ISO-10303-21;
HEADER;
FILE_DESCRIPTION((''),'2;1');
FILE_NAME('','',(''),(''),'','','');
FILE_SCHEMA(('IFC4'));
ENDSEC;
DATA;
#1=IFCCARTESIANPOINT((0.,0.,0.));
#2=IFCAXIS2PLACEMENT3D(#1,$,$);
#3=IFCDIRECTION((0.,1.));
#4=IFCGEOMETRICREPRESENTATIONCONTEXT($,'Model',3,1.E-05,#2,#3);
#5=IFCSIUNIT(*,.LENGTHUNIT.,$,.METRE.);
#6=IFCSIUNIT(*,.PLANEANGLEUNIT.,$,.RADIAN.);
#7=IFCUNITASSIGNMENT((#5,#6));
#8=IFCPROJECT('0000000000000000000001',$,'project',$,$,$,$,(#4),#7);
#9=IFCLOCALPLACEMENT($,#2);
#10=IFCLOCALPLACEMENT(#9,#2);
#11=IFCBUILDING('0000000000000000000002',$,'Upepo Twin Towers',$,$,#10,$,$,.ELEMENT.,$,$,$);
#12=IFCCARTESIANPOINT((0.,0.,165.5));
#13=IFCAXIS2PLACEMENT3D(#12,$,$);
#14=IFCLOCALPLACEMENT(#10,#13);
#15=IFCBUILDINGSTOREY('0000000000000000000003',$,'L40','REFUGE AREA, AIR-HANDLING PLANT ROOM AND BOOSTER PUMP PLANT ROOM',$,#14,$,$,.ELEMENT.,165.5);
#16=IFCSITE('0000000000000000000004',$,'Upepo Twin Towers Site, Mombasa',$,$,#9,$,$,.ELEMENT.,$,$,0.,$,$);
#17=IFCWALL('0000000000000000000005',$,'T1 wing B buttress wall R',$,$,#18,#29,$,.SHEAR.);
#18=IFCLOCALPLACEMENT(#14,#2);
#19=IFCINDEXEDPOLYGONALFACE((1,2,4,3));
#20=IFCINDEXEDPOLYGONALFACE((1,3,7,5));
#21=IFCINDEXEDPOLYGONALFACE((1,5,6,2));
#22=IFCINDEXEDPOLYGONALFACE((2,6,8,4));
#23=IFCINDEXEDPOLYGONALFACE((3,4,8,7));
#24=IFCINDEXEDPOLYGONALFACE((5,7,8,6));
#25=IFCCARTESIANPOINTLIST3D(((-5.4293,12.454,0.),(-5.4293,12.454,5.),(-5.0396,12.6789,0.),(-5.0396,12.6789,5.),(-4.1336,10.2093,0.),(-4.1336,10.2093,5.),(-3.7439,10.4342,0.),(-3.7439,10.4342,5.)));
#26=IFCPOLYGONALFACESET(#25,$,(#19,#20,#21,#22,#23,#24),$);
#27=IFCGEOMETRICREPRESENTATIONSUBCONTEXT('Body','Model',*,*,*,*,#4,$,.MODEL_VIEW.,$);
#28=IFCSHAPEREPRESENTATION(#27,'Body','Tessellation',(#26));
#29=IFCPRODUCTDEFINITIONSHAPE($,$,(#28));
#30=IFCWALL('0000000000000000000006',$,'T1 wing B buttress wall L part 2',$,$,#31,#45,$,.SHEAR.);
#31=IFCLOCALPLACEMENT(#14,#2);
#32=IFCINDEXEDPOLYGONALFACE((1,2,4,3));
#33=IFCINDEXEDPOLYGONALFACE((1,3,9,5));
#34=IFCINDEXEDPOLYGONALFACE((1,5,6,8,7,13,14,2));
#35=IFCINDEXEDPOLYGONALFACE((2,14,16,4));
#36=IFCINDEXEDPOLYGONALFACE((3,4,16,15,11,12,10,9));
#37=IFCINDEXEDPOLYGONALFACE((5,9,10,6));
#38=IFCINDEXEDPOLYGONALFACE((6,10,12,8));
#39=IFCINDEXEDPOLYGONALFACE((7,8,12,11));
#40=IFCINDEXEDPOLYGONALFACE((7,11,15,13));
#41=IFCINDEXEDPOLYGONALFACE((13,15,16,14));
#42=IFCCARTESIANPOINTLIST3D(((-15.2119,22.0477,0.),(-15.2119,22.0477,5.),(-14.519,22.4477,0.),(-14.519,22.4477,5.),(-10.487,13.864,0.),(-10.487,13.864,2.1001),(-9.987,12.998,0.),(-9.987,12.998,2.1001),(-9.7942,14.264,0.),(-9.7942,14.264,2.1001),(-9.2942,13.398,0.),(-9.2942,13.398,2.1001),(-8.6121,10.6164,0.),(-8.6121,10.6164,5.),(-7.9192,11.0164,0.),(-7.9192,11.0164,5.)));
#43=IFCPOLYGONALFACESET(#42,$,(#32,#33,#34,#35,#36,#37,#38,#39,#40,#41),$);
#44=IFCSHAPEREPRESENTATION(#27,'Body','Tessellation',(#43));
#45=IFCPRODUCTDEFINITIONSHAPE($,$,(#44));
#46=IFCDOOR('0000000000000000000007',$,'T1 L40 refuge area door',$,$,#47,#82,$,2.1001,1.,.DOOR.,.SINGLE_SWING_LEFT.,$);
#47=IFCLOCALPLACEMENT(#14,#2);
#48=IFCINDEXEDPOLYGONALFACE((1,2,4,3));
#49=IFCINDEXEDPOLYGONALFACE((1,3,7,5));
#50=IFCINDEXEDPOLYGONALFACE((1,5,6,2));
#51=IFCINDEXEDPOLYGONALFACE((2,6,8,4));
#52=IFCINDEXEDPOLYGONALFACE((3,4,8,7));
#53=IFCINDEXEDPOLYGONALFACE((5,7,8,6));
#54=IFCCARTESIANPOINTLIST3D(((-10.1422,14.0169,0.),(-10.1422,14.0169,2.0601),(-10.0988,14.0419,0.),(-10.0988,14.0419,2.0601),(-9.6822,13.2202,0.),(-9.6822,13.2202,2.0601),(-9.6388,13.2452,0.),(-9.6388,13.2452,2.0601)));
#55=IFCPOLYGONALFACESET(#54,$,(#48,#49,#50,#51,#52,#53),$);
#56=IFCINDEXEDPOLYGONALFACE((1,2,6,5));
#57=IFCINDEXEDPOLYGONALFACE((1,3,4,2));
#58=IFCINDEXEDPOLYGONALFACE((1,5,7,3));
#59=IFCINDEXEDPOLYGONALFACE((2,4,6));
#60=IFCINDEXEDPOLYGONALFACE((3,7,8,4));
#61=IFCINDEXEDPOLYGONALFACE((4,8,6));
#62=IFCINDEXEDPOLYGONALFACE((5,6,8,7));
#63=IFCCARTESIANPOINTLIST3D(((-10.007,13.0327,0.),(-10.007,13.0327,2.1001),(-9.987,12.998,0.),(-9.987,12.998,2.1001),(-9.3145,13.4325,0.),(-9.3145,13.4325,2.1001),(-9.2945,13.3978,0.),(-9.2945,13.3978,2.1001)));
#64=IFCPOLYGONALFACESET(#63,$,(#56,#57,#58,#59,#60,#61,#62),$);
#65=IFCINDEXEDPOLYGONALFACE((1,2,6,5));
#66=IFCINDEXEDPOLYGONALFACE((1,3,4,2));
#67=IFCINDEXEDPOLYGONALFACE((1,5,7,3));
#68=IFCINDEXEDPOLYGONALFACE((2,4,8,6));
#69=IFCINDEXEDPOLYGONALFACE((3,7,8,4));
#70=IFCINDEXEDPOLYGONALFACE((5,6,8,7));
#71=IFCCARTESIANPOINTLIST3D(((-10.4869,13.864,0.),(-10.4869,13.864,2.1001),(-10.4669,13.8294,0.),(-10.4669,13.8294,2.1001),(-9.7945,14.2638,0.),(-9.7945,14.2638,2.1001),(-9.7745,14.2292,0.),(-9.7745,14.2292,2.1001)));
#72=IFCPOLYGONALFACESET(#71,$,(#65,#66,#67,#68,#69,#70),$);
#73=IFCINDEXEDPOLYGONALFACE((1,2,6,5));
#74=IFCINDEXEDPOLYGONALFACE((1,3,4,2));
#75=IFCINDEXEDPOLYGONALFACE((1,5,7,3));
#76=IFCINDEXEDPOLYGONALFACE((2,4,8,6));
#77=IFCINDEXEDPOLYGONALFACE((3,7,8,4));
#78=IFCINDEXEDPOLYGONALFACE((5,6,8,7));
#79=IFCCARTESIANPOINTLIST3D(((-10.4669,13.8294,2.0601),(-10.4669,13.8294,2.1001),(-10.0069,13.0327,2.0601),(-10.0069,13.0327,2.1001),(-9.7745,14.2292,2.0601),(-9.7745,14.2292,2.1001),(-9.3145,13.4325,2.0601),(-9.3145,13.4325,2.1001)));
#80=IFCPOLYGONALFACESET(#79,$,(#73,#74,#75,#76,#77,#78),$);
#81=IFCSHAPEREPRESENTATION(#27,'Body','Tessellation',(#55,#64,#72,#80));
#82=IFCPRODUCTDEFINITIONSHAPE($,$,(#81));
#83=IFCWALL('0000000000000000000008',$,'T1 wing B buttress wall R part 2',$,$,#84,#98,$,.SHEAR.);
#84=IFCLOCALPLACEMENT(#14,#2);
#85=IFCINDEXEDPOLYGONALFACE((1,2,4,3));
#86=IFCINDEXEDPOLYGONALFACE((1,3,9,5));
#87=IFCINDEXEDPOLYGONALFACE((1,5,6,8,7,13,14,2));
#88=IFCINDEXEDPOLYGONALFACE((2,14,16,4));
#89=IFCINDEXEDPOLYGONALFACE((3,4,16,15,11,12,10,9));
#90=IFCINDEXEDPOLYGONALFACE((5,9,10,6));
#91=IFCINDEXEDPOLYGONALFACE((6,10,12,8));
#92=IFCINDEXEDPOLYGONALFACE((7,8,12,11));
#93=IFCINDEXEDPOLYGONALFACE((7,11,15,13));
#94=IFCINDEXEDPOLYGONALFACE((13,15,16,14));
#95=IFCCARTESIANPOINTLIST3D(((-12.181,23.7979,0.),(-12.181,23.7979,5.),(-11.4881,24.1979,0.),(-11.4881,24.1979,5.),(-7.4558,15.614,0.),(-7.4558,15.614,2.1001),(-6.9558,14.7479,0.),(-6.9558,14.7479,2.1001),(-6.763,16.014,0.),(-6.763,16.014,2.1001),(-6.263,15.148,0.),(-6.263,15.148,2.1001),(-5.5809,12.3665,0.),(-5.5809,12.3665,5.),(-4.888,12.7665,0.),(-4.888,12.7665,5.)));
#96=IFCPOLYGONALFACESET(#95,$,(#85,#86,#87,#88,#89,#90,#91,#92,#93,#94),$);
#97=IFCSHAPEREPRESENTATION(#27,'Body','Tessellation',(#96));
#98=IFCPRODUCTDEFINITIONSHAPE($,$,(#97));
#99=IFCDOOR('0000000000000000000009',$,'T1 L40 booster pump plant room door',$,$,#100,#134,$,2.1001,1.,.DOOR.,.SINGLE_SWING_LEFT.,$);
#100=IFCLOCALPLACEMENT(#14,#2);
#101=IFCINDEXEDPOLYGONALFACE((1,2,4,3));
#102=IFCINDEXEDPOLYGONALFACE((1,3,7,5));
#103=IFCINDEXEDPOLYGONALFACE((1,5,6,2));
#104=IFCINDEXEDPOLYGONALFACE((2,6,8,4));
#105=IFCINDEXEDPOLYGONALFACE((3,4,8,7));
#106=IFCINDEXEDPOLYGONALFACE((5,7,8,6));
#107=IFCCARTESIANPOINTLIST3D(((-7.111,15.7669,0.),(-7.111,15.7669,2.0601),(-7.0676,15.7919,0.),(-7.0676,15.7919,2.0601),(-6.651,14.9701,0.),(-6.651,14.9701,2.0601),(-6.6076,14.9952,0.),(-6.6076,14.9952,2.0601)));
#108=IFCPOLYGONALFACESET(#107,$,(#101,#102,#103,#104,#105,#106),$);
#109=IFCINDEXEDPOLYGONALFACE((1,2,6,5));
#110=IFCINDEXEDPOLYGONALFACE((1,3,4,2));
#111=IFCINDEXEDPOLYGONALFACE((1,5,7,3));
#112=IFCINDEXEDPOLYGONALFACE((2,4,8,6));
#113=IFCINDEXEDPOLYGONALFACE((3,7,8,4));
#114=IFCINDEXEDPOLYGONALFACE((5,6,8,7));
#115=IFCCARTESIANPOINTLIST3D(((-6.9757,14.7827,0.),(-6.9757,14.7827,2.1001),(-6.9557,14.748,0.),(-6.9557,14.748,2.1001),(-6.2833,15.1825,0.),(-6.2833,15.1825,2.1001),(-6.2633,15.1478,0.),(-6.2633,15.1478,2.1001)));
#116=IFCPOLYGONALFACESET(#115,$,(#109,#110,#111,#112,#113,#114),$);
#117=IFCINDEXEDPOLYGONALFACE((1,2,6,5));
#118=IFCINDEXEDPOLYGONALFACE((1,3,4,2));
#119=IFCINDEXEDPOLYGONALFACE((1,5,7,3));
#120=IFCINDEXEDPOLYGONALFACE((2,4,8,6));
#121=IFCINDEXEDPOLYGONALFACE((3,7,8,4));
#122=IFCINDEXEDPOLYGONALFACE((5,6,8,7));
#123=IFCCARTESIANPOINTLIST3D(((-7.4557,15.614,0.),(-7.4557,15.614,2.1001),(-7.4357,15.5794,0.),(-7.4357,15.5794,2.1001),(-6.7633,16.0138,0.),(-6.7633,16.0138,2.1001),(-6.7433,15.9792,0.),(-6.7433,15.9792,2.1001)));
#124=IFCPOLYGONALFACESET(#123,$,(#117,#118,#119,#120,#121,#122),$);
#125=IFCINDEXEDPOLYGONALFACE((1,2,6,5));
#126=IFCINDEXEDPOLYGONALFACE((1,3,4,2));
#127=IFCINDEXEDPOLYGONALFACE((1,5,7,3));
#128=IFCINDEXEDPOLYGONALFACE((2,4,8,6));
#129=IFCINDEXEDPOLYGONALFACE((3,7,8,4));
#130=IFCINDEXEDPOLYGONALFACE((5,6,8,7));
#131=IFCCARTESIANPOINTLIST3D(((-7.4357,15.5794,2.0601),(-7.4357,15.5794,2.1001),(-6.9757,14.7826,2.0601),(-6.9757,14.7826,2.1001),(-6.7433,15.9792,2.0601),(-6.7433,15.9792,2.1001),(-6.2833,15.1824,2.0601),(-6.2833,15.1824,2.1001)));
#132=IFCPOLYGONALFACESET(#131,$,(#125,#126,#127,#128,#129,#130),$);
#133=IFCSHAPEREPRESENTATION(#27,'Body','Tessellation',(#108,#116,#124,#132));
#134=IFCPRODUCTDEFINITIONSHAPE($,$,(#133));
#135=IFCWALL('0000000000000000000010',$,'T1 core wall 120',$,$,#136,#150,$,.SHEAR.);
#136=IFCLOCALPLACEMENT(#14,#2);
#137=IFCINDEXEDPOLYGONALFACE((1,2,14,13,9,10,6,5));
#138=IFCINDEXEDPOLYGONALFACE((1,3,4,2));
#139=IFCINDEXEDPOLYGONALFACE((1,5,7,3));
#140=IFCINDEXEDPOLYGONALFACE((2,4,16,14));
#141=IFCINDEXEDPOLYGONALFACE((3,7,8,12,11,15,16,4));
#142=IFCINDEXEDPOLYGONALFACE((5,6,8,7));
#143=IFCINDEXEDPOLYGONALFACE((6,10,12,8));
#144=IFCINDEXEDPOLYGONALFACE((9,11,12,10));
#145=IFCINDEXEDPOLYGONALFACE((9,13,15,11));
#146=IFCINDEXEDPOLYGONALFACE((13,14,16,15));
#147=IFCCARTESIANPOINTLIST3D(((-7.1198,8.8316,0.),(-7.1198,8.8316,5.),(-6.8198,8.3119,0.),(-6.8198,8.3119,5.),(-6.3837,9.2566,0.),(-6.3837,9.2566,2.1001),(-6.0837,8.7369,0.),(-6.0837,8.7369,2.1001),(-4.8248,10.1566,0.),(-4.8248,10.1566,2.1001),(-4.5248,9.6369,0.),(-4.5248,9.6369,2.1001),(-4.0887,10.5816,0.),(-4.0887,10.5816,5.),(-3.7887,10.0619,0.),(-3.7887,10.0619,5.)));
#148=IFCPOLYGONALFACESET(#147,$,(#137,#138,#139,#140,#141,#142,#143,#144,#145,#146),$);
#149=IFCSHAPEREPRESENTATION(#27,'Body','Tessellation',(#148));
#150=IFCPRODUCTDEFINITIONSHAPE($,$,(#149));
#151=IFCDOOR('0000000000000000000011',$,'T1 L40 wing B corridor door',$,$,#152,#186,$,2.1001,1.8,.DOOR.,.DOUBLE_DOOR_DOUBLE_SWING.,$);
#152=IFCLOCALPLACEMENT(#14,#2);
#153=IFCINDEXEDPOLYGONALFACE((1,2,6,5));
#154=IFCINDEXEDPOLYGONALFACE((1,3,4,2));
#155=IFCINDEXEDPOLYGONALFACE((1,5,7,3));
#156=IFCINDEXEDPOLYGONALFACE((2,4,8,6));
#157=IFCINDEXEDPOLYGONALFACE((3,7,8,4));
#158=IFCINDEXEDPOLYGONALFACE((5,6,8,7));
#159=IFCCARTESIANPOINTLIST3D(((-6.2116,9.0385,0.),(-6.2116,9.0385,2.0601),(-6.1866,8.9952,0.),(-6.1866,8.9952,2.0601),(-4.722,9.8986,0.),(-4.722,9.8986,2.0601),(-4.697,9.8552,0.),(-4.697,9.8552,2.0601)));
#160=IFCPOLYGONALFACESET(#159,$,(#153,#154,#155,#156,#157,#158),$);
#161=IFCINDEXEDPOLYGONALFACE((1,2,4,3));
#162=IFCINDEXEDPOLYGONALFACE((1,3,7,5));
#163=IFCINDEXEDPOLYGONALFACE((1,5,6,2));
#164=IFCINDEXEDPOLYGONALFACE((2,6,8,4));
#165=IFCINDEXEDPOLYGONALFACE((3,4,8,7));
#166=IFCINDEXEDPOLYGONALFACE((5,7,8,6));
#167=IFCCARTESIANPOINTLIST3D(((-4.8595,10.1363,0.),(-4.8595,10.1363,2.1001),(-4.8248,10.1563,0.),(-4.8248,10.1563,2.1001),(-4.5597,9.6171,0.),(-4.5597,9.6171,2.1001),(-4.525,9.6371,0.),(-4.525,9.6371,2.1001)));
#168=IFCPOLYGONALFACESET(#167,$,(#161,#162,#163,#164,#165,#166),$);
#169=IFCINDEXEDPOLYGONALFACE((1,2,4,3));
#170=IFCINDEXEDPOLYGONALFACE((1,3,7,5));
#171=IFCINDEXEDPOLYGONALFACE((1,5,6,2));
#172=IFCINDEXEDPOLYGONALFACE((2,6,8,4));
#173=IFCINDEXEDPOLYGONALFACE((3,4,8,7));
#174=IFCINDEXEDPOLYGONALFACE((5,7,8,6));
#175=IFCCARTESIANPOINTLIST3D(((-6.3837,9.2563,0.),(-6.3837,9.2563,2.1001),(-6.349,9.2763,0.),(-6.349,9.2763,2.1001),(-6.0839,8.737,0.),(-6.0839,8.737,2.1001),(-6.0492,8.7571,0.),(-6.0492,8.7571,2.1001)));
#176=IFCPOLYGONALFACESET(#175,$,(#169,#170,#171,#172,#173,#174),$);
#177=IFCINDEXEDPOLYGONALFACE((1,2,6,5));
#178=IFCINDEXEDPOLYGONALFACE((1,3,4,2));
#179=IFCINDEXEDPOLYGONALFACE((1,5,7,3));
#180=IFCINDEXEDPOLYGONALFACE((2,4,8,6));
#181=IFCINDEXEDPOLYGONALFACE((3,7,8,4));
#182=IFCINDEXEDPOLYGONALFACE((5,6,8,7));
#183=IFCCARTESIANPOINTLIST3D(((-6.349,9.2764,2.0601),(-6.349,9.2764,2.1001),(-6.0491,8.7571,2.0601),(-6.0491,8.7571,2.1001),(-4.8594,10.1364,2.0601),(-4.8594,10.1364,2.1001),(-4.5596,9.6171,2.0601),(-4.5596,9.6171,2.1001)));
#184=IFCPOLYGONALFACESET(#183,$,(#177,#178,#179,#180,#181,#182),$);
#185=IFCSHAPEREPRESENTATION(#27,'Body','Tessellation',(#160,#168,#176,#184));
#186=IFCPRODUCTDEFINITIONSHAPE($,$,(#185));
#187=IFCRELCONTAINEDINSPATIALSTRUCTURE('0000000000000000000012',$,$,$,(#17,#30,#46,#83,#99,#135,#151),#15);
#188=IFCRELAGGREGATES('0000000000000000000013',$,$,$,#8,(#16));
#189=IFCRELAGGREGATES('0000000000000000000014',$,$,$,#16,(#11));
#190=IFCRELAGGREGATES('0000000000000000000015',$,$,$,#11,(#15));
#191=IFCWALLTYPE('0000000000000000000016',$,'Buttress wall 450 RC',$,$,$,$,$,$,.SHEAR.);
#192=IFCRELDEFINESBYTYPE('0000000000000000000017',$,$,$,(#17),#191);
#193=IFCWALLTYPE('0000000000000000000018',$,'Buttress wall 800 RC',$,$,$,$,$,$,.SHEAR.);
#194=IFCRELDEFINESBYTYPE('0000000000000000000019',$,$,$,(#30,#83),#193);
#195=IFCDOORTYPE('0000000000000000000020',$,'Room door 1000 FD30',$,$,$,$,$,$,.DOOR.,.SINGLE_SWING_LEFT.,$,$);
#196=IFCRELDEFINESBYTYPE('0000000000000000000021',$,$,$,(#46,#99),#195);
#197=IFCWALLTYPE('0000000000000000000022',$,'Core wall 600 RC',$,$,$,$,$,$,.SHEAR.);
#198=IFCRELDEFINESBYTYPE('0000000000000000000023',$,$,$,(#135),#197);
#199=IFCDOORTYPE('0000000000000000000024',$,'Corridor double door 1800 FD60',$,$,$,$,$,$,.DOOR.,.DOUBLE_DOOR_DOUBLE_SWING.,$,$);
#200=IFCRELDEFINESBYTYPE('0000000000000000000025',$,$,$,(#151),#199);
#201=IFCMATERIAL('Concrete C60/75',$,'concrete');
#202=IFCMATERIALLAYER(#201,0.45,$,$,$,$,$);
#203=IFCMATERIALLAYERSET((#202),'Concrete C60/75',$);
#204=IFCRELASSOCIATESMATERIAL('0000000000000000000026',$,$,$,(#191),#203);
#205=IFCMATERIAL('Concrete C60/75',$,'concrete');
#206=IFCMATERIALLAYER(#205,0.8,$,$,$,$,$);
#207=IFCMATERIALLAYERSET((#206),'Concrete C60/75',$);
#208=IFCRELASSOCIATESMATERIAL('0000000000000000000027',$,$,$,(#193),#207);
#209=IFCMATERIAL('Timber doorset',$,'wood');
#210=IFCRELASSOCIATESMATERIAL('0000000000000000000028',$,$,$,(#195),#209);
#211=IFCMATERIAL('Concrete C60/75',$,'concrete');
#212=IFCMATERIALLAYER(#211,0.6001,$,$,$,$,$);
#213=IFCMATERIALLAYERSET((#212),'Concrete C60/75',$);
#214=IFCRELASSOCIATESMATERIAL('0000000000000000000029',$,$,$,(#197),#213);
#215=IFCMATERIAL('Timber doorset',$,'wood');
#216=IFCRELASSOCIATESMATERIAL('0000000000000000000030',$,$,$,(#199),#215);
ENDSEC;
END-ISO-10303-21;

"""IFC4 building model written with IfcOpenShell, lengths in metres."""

from ifc_helpers import new_model, si_unit, direction, frame, frame_2d, origin, place, context, subcontext, project, spatial, rectangle, extrude, material, layer, layer_set, type_object, element, fill, save


model = new_model("IFC4")

# Units and contexts
model_context = context("Model", 3, precision=1e-05, world=origin(), true_north=direction((0.0, 1.0)))
body_context = subcontext(model_context, "Body", "Model", "MODEL_VIEW")
ifc_project = project(units=[si_unit("LENGTHUNIT", "METRE"), si_unit("PLANEANGLEUNIT", "RADIAN")], contexts=[model_context])

# Site, building, storey
site_placement = place(None, origin())
site = spatial("IfcSite", under=ifc_project, at=site_placement, Name="Upepo Twin Towers Site, Mombasa", CompositionType="ELEMENT", RefElevation=0.0)
building_placement = place(site_placement, origin())
building = spatial("IfcBuilding", under=site, at=building_placement, Name="Upepo Twin Towers", CompositionType="ELEMENT")
storey_placement = place(building_placement, frame((0.0, 0.0, 165.5)))
storey = spatial("IfcBuildingStorey", under=building, at=storey_placement, Name="L40", Description="REFUGE AREA, AIR-HANDLING PLANT ROOM AND BOOSTER PUMP PLANT ROOM", CompositionType="ELEMENT", Elevation=165.5)

# Wall
ifc_material_1 = material(Name="Concrete C60/75", Category="concrete")
ifc_layer_1 = layer(ifc_material_1, 0.45)
ifc_layer_set_1 = layer_set([ifc_layer_1], Name="Concrete C60/75")
wall_type_1 = type_object("IfcWallType", Name="Buttress wall 450 RC", PredefinedType="SHEAR", material=ifc_layer_set_1)
for number, where, z_axis, x_axis, name in (
    (1, (-3.9387, 10.3218, 0.0), (0.0, 0.0, 1.0), (-0.499918, 0.866073, 0.0), "T1 wing B buttress wall R"),
):
    element("IfcWall", number, at=place(storey_placement, frame(where, z_axis=z_axis, x_axis=x_axis)), inside=storey, type_object=wall_type_1, Name=name, PredefinedType="SHEAR", context=body_context, shape_type="SweptSolid", body=[
        extrude(rectangle(XDim=2.5918, YDim=0.45, at=frame_2d((1.2959, 0.0))), origin(), (0.0, 0.0, 1.0), 5.0),
    ])

# Walls, openings, doors
ifc_material_2 = material(Name="Concrete C60/75", Category="concrete")
ifc_layer_2 = layer(ifc_material_2, 0.8)
ifc_layer_set_2 = layer_set([ifc_layer_2], Name="Concrete C60/75")
wall_type_2 = type_object("IfcWallType", Name="Buttress wall 800 RC", PredefinedType="SHEAR", material=ifc_layer_set_2)
wall_1_placement = place(storey_placement, frame((-8.2656, 10.8164, 0.0), z_axis=(0.0, 0.0, 1.0), x_axis=(-0.499996, 0.866028, 0.0)))
wall_1 = element("IfcWall", 2, at=wall_1_placement, inside=storey, type_object=wall_type_2, Name="T1 wing B buttress wall L part 2", PredefinedType="SHEAR", context=body_context, shape_type="SweptSolid", body=[
    extrude(rectangle(XDim=13.1997, YDim=0.8, at=frame_2d((6.5999, 0.0))), origin(), (0.0, 0.0, 1.0), 5.0),
])
opening_1_placement = place(wall_1_placement, frame((2.75, 0.0, 0.0)))
opening_1 = element("IfcOpeningElement", 3, at=opening_1_placement, cuts=wall_1, PredefinedType="OPENING", context=body_context, shape_type="SweptSolid", body=[
    extrude(rectangle(XDim=1.0, YDim=2.1001, at=frame_2d((0.5, 1.05))), frame((0.0, 0.4099, 0.0), z_axis=(0.0, -1.0, 0.0), x_axis=(1.0, 0.0, 0.0)), (0.0, 0.0, 1.0), 0.8201),
])
ifc_material_3 = material(Name="Timber doorset", Category="wood")
door_type_1 = type_object("IfcDoorType", Name="Room door 1000 FD30", OperationType="SINGLE_SWING_LEFT", PredefinedType="DOOR", material=ifc_material_3)
door_1_placement = place(opening_1_placement, origin())
door_1 = element("IfcDoor", 4, at=door_1_placement, inside=storey, type_object=door_type_1, Name="T1 L40 refuge area door", OperationType="SINGLE_SWING_LEFT", OverallHeight=2.1001, OverallWidth=1.0, PredefinedType="DOOR", context=body_context, shape_type="SweptSolid", body=[
    extrude(rectangle(XDim=0.92, YDim=2.0601, at=frame_2d((0.5, 1.03))), frame((0.0, 0.0249, 0.0), z_axis=(0.0, -1.0, 0.0), x_axis=(1.0, 0.0, 0.0)), (0.0, 0.0, 1.0), 0.05),
    extrude(rectangle(XDim=0.04, YDim=2.1001, at=frame_2d((0.02, 1.05))), frame((0.0, 0.3999, 0.0), z_axis=(0.0, -1.0, 0.0), x_axis=(1.0, 0.0, 0.0)), (0.0, 0.0, 1.0), 0.7996),
    extrude(rectangle(XDim=0.04, YDim=2.1001, at=frame_2d((0.98, 1.05))), frame((0.0, 0.3999, 0.0), z_axis=(0.0, -1.0, 0.0), x_axis=(1.0, 0.0, 0.0)), (0.0, 0.0, 1.0), 0.7996),
    extrude(rectangle(XDim=0.92, YDim=0.04, at=frame_2d((0.5, 2.0801))), frame((0.0, 0.3999, 0.0), z_axis=(0.0, -1.0, 0.0), x_axis=(1.0, 0.0, 0.0)), (0.0, 0.0, 1.0), 0.7996),
])
fill(opening_1, door_1)
wall_2_placement = place(storey_placement, frame((-5.2344, 12.5664, 0.0), z_axis=(0.0, 0.0, 1.0), x_axis=(-0.50001, 0.86602, 0.0)))
wall_2 = element("IfcWall", 5, at=wall_2_placement, inside=storey, type_object=wall_type_2, Name="T1 wing B buttress wall R part 2", PredefinedType="SHEAR", context=body_context, shape_type="SweptSolid", body=[
    extrude(rectangle(XDim=13.2, YDim=0.8, at=frame_2d((6.6001, 0.0))), origin(), (0.0, 0.0, 1.0), 5.0),
])
opening_2_placement = place(wall_2_placement, frame((2.75, 0.0, 0.0)))
opening_2 = element("IfcOpeningElement", 6, at=opening_2_placement, cuts=wall_2, PredefinedType="OPENING", context=body_context, shape_type="SweptSolid", body=[
    extrude(rectangle(XDim=1.0, YDim=2.1001, at=frame_2d((0.5, 1.05))), frame((0.0, 0.4099, 0.0), z_axis=(0.0, -1.0, 0.0), x_axis=(1.0, 0.0, 0.0)), (0.0, 0.0, 1.0), 0.8201),
])
door_2_placement = place(opening_2_placement, origin())
door_2 = element("IfcDoor", 7, at=door_2_placement, inside=storey, type_object=door_type_1, Name="T1 L40 booster pump plant room door", OperationType="SINGLE_SWING_LEFT", OverallHeight=2.1001, OverallWidth=1.0, PredefinedType="DOOR", context=body_context, shape_type="SweptSolid", body=[
    extrude(rectangle(XDim=0.92, YDim=2.0601, at=frame_2d((0.5, 1.03))), frame((0.0, 0.0249, 0.0), z_axis=(0.0, -1.0, 0.0), x_axis=(1.0, 0.0, 0.0)), (0.0, 0.0, 1.0), 0.05),
    extrude(rectangle(XDim=0.04, YDim=2.1001, at=frame_2d((0.02, 1.05))), frame((0.0, 0.3999, 0.0), z_axis=(0.0, -1.0, 0.0), x_axis=(1.0, 0.0, 0.0)), (0.0, 0.0, 1.0), 0.7996),
    extrude(rectangle(XDim=0.04, YDim=2.1001, at=frame_2d((0.98, 1.05))), frame((0.0, 0.3999, 0.0), z_axis=(0.0, -1.0, 0.0), x_axis=(1.0, 0.0, 0.0)), (0.0, 0.0, 1.0), 0.7996),
    extrude(rectangle(XDim=0.92, YDim=0.04, at=frame_2d((0.5, 2.0801))), frame((0.0, 0.3999, 0.0), z_axis=(0.0, -1.0, 0.0), x_axis=(1.0, 0.0, 0.0)), (0.0, 0.0, 1.0), 0.7996),
])
fill(opening_2, door_2)
ifc_material_4 = material(Name="Concrete C60/75", Category="concrete")
ifc_layer_3 = layer(ifc_material_4, 0.6001)
ifc_layer_set_3 = layer_set([ifc_layer_3], Name="Concrete C60/75")
wall_type_3 = type_object("IfcWallType", Name="Core wall 600 RC", PredefinedType="SHEAR", material=ifc_layer_set_3)
wall_3_placement = place(storey_placement, frame((-3.9387, 10.3218, 0.0), z_axis=(0.0, 0.0, 1.0), x_axis=(-0.866019, -0.50001, 0.0)))
wall_3 = element("IfcWall", 8, at=wall_3_placement, inside=storey, type_object=wall_type_3, Name="T1 core wall 120", PredefinedType="SHEAR", context=body_context, shape_type="SweptSolid", body=[
    extrude(rectangle(XDim=3.5, YDim=0.6001, at=frame_2d((1.75, 0.0))), origin(), (0.0, 0.0, 1.0), 5.0),
])
opening_3_placement = place(wall_3_placement, frame((0.8501, 0.0, 0.0)))
opening_3 = element("IfcOpeningElement", 9, at=opening_3_placement, cuts=wall_3, PredefinedType="OPENING", context=body_context, shape_type="SweptSolid", body=[
    extrude(rectangle(XDim=1.8, YDim=2.1001, at=frame_2d((0.8999, 1.05))), frame((0.0, 0.3101, 0.0), z_axis=(0.0, -1.0, 0.0), x_axis=(1.0, 0.0, 0.0)), (0.0, 0.0, 1.0), 0.6201),
])
ifc_material_5 = material(Name="Timber doorset", Category="wood")
door_type_2 = type_object("IfcDoorType", Name="Corridor double door 1800 FD60", OperationType="DOUBLE_DOOR_DOUBLE_SWING", PredefinedType="DOOR", material=ifc_material_5)
door_3_placement = place(opening_3_placement, origin())
door_3 = element("IfcDoor", 10, at=door_3_placement, inside=storey, type_object=door_type_2, Name="T1 L40 wing B corridor door", OperationType="DOUBLE_DOOR_DOUBLE_SWING", OverallHeight=2.1001, OverallWidth=1.8, PredefinedType="DOOR", context=body_context, shape_type="SweptSolid", body=[
    extrude(rectangle(XDim=1.72, YDim=2.0601, at=frame_2d((0.8999, 1.03))), frame((0.0, 0.0249, 0.0), z_axis=(0.0, -1.0, 0.0), x_axis=(1.0, 0.0, 0.0)), (0.0, 0.0, 1.0), 0.05),
    extrude(rectangle(XDim=0.04, YDim=2.1001, at=frame_2d((0.02, 1.05))), frame((0.0, 0.2998, 0.0), z_axis=(0.0, -1.0, 0.0), x_axis=(1.0, 0.0, 0.0)), (0.0, 0.0, 1.0), 0.5996),
    extrude(rectangle(XDim=0.04, YDim=2.1001, at=frame_2d((1.78, 1.05))), frame((0.0, 0.2998, 0.0), z_axis=(0.0, -1.0, 0.0), x_axis=(1.0, 0.0, 0.0)), (0.0, 0.0, 1.0), 0.5996),
    extrude(rectangle(XDim=1.72, YDim=0.04, at=frame_2d((0.8999, 2.0801))), frame((0.0, 0.2998, 0.0), z_axis=(0.0, -1.0, 0.0), x_axis=(1.0, 0.0, 0.0)), (0.0, 0.0, 1.0), 0.5996),
])
fill(opening_3, door_3)

save(model, "model.ifc")
